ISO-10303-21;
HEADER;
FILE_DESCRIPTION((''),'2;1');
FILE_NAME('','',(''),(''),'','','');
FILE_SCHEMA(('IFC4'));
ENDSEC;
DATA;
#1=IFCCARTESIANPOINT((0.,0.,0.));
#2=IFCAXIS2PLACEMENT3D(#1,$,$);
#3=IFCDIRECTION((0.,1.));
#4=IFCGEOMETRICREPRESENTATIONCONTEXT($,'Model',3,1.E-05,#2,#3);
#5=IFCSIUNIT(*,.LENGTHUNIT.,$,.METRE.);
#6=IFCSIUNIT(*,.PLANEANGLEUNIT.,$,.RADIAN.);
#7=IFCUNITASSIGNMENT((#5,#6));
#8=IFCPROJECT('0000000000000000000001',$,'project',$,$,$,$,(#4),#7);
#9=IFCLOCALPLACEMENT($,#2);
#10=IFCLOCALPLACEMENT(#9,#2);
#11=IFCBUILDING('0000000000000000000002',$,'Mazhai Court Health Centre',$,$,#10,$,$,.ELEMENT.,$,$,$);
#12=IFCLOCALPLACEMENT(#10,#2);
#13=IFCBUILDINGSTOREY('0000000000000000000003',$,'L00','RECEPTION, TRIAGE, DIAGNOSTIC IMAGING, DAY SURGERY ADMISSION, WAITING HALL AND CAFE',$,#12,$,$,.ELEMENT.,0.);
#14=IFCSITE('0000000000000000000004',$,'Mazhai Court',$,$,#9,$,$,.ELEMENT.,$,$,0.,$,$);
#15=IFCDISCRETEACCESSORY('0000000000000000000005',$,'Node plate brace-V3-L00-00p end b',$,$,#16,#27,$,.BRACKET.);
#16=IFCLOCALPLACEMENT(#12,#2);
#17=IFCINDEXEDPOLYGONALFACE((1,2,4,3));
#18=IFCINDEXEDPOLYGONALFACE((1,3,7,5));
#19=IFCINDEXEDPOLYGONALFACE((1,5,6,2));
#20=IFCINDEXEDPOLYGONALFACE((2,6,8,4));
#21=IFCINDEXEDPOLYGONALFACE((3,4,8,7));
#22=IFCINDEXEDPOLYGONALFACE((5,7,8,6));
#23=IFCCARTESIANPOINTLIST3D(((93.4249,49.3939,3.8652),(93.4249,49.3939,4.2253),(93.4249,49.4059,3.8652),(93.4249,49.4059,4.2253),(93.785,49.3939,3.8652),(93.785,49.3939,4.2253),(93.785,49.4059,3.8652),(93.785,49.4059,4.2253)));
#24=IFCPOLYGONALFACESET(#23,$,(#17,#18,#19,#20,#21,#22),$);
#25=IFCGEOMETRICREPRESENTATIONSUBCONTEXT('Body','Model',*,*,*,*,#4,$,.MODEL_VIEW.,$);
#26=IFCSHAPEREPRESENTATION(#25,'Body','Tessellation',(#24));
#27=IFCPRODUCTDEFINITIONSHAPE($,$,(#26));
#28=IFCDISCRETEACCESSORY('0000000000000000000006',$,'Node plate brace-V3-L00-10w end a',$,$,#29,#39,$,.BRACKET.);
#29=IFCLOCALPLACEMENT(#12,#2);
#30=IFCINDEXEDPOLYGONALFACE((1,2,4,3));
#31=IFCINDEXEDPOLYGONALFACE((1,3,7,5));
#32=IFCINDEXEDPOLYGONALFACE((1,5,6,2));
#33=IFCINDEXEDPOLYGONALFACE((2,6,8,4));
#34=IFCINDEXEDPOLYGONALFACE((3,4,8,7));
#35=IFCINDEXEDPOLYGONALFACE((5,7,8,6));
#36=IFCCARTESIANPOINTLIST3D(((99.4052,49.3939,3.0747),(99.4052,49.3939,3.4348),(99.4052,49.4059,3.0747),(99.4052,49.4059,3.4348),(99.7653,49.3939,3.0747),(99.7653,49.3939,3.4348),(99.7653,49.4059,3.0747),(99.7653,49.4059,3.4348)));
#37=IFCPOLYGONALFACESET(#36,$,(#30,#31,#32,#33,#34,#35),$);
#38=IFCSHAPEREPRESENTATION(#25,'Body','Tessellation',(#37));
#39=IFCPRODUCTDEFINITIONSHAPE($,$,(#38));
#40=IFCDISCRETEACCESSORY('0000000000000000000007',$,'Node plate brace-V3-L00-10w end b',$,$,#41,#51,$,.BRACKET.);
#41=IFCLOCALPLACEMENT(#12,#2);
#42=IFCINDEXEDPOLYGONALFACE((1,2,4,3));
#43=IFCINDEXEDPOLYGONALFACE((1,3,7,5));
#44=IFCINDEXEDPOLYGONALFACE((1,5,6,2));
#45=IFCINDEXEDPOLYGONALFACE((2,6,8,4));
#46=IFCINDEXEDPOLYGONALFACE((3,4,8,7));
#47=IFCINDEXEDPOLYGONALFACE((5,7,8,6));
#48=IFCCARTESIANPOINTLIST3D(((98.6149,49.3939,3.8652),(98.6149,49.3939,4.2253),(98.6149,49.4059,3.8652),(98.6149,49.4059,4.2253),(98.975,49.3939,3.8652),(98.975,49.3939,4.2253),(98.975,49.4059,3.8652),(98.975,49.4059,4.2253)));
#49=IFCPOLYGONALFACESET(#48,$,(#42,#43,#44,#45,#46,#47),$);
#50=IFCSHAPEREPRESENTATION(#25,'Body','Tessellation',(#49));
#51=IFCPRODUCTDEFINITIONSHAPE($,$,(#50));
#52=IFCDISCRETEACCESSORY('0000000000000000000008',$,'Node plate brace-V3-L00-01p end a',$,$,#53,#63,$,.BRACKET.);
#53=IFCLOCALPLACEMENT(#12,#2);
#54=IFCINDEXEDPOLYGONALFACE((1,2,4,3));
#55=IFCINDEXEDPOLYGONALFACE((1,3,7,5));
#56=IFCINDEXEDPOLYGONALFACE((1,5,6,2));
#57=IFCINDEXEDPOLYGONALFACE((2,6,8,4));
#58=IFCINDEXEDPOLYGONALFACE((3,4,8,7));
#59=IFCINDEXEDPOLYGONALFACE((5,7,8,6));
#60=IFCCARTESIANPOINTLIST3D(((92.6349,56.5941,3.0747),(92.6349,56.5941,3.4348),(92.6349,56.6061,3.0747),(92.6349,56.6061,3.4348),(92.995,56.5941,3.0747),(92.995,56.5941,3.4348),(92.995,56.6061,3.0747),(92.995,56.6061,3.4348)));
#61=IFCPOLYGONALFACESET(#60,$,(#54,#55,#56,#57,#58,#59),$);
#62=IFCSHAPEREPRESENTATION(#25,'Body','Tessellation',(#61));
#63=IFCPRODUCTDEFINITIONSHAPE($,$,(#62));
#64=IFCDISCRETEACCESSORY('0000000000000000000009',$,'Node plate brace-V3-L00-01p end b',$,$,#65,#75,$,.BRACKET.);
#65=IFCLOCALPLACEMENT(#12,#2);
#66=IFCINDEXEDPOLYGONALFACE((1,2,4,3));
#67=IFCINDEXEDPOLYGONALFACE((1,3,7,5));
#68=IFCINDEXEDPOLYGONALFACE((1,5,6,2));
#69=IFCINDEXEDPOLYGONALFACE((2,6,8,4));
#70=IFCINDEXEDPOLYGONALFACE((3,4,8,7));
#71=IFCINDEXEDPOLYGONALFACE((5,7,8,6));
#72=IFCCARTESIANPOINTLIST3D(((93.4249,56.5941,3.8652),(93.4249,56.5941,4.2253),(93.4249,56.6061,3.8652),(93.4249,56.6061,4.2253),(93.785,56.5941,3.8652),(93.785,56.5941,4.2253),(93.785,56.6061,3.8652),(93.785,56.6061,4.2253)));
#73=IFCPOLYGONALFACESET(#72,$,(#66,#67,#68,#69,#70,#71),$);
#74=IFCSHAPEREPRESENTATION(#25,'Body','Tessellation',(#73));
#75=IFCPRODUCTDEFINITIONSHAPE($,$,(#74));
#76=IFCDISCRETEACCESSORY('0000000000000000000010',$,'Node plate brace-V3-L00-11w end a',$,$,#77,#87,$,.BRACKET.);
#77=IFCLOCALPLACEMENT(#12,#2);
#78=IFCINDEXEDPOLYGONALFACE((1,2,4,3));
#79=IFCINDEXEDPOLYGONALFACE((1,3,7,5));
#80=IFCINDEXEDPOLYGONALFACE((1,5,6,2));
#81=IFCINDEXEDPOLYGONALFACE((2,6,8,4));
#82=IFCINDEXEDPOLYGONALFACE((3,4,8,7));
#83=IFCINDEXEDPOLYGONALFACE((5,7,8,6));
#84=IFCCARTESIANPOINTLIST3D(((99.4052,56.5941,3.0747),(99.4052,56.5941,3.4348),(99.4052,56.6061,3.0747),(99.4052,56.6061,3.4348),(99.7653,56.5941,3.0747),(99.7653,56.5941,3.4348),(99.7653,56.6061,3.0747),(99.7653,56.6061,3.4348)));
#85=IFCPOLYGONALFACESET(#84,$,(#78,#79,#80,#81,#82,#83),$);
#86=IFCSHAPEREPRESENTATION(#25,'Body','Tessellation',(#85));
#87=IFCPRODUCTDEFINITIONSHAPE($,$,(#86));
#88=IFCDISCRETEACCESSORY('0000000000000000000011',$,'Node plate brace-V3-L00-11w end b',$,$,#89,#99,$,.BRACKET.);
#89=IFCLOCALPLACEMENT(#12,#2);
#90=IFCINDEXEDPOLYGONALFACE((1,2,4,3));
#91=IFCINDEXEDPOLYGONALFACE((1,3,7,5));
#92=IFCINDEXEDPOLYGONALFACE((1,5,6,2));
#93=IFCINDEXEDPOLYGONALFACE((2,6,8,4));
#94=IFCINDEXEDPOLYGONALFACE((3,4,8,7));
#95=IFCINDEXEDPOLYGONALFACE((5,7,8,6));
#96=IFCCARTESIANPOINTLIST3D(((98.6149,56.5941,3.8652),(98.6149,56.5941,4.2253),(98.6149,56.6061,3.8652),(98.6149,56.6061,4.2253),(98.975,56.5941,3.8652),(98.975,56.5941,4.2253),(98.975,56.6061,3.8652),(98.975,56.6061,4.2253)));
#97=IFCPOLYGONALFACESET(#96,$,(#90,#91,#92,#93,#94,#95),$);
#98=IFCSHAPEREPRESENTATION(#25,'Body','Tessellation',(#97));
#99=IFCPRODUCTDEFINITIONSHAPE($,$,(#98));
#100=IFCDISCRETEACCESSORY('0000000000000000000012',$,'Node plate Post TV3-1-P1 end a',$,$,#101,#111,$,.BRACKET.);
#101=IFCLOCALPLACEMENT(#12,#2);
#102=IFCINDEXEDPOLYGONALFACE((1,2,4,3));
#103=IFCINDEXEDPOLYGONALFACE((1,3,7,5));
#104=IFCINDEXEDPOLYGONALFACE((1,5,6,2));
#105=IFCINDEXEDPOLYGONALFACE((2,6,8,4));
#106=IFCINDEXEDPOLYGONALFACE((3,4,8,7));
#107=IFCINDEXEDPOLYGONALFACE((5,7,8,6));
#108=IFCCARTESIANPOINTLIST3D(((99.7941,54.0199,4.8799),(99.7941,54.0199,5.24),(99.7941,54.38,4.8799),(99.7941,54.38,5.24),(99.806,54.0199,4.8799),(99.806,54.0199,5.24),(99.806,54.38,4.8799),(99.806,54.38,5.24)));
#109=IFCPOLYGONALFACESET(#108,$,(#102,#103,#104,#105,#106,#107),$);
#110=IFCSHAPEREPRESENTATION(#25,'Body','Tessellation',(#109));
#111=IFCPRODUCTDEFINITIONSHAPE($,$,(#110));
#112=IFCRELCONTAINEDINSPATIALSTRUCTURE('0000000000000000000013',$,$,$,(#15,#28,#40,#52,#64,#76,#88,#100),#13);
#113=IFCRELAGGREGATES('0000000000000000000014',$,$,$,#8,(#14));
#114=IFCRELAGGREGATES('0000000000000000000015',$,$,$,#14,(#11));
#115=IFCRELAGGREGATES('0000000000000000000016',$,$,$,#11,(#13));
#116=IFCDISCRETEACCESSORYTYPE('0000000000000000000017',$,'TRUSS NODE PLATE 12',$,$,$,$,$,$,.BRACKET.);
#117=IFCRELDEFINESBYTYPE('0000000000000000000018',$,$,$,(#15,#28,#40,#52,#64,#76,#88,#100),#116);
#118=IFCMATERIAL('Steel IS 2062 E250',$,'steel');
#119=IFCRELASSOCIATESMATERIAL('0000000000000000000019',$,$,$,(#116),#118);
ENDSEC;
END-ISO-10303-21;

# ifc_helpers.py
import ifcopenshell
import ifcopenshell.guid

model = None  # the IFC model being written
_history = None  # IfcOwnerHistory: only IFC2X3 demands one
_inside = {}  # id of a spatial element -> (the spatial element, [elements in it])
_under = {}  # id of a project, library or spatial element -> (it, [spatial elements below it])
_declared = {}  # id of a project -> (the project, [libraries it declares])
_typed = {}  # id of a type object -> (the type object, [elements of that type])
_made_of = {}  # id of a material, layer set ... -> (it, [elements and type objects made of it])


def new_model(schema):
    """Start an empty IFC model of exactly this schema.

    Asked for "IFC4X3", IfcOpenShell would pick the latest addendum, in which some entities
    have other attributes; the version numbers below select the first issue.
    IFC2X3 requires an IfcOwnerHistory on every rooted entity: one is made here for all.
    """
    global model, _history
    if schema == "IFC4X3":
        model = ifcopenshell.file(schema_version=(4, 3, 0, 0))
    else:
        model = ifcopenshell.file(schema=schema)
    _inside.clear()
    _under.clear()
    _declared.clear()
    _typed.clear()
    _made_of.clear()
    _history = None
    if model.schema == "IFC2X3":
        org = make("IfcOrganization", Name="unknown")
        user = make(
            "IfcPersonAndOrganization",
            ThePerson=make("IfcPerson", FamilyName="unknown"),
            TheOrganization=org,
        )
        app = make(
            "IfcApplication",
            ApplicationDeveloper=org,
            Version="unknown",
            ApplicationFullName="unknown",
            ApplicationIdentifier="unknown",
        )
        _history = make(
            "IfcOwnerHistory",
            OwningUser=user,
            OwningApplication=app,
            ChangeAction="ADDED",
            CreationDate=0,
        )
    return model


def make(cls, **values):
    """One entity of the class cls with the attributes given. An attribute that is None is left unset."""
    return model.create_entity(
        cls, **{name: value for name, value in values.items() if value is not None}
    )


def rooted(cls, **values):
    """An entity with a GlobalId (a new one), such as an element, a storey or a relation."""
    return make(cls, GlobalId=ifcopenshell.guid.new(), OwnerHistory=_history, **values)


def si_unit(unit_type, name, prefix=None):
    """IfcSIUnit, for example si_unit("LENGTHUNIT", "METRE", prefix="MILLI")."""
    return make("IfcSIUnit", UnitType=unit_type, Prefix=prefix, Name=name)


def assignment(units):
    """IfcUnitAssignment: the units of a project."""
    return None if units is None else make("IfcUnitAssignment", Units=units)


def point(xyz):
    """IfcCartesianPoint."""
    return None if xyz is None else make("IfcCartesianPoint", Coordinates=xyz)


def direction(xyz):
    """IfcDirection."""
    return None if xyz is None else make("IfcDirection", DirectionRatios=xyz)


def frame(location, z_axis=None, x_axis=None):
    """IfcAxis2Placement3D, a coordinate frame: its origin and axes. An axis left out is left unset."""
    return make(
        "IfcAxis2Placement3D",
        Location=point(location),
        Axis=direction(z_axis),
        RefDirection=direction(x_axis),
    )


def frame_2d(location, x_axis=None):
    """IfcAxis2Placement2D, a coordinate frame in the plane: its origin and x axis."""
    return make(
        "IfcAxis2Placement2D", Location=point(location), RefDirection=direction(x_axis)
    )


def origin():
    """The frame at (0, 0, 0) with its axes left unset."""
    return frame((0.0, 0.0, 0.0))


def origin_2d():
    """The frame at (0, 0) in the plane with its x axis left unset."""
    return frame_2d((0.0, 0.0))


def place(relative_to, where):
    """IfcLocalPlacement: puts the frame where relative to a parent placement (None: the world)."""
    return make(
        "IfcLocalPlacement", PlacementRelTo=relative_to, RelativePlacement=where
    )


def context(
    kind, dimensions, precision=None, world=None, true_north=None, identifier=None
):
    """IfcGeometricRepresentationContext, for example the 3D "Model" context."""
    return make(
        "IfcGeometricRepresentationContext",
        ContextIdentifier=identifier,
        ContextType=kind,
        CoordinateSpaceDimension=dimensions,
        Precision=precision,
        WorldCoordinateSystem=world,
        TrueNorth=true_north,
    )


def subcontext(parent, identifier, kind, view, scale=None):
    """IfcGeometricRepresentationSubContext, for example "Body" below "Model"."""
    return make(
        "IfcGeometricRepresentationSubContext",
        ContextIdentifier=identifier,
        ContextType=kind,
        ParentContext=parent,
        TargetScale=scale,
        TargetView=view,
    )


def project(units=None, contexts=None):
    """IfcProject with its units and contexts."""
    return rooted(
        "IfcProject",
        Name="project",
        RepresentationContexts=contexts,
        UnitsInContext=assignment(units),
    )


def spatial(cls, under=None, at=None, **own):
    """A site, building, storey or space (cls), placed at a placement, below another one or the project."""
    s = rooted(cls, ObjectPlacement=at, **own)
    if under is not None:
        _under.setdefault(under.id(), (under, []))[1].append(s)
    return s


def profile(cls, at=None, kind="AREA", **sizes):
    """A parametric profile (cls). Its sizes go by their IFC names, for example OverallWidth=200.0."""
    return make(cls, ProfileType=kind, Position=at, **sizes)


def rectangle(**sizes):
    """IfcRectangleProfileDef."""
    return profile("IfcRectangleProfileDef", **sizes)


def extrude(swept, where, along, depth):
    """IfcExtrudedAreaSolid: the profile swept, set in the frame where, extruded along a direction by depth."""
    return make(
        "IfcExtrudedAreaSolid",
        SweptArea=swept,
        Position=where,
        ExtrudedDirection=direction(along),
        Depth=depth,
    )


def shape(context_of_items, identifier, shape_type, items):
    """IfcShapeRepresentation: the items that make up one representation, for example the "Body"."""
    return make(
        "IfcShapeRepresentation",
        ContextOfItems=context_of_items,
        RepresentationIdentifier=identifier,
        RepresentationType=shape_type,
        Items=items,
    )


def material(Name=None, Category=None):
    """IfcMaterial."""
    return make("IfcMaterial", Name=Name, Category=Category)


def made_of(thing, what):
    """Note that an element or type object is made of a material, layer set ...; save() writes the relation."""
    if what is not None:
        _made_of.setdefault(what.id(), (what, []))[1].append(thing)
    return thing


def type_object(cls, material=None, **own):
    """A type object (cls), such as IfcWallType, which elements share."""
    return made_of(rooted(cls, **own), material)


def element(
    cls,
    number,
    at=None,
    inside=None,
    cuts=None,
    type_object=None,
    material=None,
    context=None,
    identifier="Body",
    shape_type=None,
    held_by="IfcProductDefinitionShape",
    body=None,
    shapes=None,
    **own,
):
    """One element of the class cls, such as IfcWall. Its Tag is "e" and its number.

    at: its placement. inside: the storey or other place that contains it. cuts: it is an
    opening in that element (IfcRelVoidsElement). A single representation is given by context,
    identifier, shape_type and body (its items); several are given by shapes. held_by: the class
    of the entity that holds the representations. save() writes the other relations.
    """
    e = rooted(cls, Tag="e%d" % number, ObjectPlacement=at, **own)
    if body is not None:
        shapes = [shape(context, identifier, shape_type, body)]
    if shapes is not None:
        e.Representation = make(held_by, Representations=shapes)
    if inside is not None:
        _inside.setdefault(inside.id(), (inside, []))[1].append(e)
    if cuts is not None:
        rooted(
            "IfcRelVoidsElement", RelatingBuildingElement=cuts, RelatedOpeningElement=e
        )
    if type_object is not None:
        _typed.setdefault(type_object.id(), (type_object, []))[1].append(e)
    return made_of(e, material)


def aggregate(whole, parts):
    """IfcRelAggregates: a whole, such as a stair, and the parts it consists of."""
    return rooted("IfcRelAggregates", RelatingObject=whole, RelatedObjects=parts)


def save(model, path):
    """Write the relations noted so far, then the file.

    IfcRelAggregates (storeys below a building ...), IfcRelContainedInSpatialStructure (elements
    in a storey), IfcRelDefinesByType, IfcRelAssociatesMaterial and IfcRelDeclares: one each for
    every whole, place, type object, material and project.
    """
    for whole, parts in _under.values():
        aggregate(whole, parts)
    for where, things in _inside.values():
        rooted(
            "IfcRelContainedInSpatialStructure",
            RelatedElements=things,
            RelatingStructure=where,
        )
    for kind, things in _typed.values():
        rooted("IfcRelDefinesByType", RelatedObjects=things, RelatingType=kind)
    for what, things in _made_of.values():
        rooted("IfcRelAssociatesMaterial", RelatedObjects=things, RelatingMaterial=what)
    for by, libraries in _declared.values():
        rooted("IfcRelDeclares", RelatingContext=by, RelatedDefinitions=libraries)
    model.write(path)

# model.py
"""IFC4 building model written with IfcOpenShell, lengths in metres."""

from ifc_helpers import new_model, si_unit, direction, frame, origin, origin_2d, place, context, subcontext, project, spatial, rectangle, extrude, material, type_object, element, save


model = new_model("IFC4")

# Units and contexts
model_context = context("Model", 3, precision=1e-05, world=origin(), true_north=direction((0.0, 1.0)))
body_context = subcontext(model_context, "Body", "Model", "MODEL_VIEW")
ifc_project = project(units=[si_unit("LENGTHUNIT", "METRE"), si_unit("PLANEANGLEUNIT", "RADIAN")], contexts=[model_context])

# Site, building, storey
site_placement = place(None, origin())
site = spatial("IfcSite", under=ifc_project, at=site_placement, Name="Mazhai Court", CompositionType="ELEMENT", RefElevation=0.0)
building_placement = place(site_placement, origin())
building = spatial("IfcBuilding", under=site, at=building_placement, Name="Mazhai Court Health Centre", CompositionType="ELEMENT")
storey_placement = place(building_placement, origin())
storey = spatial("IfcBuildingStorey", under=building, at=storey_placement, Name="L00", Description="RECEPTION, TRIAGE, DIAGNOSTIC IMAGING, DAY SURGERY ADMISSION, WAITING HALL AND CAFE", CompositionType="ELEMENT", Elevation=0.0)

# Discrete accessories
ifc_material_1 = material(Name="Steel IS 2062 E250", Category="steel")
discrete_accessory_type = type_object("IfcDiscreteAccessoryType", Name="TRUSS NODE PLATE 12", PredefinedType="BRACKET", material=ifc_material_1)
for number, where, z_axis, x_axis, name in (
    (1, (93.605, 49.3999, 3.8652), (0.0, 0.0, 1.0), (1.0, 0.0, 0.0), "Node plate brace-V3-L00-00p end b"),
    (2, (99.5852, 49.3999, 3.0747), (0.0, 0.0, 1.0), (1.0, 0.0, 0.0), "Node plate brace-V3-L00-10w end a"),
    (3, (98.7949, 49.3999, 3.8652), (0.0, 0.0, 1.0), (1.0, 0.0, 0.0), "Node plate brace-V3-L00-10w end b"),
    (4, (92.8149, 56.6001, 3.0747), (0.0, 0.0, 1.0), (1.0, 0.0, 0.0), "Node plate brace-V3-L00-01p end a"),
    (5, (93.605, 56.6001, 3.8652), (0.0, 0.0, 1.0), (1.0, 0.0, 0.0), "Node plate brace-V3-L00-01p end b"),
    (6, (99.5852, 56.6001, 3.0747), (0.0, 0.0, 1.0), (1.0, 0.0, 0.0), "Node plate brace-V3-L00-11w end a"),
    (7, (98.7949, 56.6001, 3.8652), (0.0, 0.0, 1.0), (1.0, 0.0, 0.0), "Node plate brace-V3-L00-11w end b"),
):
    element("IfcDiscreteAccessory", number, at=place(storey_placement, frame(where, z_axis=z_axis, x_axis=x_axis)), inside=storey, type_object=discrete_accessory_type, Name=name, PredefinedType="BRACKET", context=body_context, shape_type="SweptSolid", body=[
        extrude(rectangle(XDim=0.3601, YDim=0.012, at=origin_2d()), origin(), (0.0, 0.0, 1.0), 0.3601),
    ])
discrete_accessory_placement = place(storey_placement, frame((99.8, 54.2, 4.8799), z_axis=(0.0, 0.0, 1.0), x_axis=(1.0, 0.0, 0.0)))
element("IfcDiscreteAccessory", 8, at=discrete_accessory_placement, inside=storey, type_object=discrete_accessory_type, Name="Node plate Post TV3-1-P1 end a", PredefinedType="BRACKET", context=body_context, shape_type="SweptSolid", body=[
    extrude(rectangle(XDim=0.012, YDim=0.3601, at=origin_2d()), origin(), (0.0, 0.0, 1.0), 0.3601),
])

save(model, "model.ifc")
